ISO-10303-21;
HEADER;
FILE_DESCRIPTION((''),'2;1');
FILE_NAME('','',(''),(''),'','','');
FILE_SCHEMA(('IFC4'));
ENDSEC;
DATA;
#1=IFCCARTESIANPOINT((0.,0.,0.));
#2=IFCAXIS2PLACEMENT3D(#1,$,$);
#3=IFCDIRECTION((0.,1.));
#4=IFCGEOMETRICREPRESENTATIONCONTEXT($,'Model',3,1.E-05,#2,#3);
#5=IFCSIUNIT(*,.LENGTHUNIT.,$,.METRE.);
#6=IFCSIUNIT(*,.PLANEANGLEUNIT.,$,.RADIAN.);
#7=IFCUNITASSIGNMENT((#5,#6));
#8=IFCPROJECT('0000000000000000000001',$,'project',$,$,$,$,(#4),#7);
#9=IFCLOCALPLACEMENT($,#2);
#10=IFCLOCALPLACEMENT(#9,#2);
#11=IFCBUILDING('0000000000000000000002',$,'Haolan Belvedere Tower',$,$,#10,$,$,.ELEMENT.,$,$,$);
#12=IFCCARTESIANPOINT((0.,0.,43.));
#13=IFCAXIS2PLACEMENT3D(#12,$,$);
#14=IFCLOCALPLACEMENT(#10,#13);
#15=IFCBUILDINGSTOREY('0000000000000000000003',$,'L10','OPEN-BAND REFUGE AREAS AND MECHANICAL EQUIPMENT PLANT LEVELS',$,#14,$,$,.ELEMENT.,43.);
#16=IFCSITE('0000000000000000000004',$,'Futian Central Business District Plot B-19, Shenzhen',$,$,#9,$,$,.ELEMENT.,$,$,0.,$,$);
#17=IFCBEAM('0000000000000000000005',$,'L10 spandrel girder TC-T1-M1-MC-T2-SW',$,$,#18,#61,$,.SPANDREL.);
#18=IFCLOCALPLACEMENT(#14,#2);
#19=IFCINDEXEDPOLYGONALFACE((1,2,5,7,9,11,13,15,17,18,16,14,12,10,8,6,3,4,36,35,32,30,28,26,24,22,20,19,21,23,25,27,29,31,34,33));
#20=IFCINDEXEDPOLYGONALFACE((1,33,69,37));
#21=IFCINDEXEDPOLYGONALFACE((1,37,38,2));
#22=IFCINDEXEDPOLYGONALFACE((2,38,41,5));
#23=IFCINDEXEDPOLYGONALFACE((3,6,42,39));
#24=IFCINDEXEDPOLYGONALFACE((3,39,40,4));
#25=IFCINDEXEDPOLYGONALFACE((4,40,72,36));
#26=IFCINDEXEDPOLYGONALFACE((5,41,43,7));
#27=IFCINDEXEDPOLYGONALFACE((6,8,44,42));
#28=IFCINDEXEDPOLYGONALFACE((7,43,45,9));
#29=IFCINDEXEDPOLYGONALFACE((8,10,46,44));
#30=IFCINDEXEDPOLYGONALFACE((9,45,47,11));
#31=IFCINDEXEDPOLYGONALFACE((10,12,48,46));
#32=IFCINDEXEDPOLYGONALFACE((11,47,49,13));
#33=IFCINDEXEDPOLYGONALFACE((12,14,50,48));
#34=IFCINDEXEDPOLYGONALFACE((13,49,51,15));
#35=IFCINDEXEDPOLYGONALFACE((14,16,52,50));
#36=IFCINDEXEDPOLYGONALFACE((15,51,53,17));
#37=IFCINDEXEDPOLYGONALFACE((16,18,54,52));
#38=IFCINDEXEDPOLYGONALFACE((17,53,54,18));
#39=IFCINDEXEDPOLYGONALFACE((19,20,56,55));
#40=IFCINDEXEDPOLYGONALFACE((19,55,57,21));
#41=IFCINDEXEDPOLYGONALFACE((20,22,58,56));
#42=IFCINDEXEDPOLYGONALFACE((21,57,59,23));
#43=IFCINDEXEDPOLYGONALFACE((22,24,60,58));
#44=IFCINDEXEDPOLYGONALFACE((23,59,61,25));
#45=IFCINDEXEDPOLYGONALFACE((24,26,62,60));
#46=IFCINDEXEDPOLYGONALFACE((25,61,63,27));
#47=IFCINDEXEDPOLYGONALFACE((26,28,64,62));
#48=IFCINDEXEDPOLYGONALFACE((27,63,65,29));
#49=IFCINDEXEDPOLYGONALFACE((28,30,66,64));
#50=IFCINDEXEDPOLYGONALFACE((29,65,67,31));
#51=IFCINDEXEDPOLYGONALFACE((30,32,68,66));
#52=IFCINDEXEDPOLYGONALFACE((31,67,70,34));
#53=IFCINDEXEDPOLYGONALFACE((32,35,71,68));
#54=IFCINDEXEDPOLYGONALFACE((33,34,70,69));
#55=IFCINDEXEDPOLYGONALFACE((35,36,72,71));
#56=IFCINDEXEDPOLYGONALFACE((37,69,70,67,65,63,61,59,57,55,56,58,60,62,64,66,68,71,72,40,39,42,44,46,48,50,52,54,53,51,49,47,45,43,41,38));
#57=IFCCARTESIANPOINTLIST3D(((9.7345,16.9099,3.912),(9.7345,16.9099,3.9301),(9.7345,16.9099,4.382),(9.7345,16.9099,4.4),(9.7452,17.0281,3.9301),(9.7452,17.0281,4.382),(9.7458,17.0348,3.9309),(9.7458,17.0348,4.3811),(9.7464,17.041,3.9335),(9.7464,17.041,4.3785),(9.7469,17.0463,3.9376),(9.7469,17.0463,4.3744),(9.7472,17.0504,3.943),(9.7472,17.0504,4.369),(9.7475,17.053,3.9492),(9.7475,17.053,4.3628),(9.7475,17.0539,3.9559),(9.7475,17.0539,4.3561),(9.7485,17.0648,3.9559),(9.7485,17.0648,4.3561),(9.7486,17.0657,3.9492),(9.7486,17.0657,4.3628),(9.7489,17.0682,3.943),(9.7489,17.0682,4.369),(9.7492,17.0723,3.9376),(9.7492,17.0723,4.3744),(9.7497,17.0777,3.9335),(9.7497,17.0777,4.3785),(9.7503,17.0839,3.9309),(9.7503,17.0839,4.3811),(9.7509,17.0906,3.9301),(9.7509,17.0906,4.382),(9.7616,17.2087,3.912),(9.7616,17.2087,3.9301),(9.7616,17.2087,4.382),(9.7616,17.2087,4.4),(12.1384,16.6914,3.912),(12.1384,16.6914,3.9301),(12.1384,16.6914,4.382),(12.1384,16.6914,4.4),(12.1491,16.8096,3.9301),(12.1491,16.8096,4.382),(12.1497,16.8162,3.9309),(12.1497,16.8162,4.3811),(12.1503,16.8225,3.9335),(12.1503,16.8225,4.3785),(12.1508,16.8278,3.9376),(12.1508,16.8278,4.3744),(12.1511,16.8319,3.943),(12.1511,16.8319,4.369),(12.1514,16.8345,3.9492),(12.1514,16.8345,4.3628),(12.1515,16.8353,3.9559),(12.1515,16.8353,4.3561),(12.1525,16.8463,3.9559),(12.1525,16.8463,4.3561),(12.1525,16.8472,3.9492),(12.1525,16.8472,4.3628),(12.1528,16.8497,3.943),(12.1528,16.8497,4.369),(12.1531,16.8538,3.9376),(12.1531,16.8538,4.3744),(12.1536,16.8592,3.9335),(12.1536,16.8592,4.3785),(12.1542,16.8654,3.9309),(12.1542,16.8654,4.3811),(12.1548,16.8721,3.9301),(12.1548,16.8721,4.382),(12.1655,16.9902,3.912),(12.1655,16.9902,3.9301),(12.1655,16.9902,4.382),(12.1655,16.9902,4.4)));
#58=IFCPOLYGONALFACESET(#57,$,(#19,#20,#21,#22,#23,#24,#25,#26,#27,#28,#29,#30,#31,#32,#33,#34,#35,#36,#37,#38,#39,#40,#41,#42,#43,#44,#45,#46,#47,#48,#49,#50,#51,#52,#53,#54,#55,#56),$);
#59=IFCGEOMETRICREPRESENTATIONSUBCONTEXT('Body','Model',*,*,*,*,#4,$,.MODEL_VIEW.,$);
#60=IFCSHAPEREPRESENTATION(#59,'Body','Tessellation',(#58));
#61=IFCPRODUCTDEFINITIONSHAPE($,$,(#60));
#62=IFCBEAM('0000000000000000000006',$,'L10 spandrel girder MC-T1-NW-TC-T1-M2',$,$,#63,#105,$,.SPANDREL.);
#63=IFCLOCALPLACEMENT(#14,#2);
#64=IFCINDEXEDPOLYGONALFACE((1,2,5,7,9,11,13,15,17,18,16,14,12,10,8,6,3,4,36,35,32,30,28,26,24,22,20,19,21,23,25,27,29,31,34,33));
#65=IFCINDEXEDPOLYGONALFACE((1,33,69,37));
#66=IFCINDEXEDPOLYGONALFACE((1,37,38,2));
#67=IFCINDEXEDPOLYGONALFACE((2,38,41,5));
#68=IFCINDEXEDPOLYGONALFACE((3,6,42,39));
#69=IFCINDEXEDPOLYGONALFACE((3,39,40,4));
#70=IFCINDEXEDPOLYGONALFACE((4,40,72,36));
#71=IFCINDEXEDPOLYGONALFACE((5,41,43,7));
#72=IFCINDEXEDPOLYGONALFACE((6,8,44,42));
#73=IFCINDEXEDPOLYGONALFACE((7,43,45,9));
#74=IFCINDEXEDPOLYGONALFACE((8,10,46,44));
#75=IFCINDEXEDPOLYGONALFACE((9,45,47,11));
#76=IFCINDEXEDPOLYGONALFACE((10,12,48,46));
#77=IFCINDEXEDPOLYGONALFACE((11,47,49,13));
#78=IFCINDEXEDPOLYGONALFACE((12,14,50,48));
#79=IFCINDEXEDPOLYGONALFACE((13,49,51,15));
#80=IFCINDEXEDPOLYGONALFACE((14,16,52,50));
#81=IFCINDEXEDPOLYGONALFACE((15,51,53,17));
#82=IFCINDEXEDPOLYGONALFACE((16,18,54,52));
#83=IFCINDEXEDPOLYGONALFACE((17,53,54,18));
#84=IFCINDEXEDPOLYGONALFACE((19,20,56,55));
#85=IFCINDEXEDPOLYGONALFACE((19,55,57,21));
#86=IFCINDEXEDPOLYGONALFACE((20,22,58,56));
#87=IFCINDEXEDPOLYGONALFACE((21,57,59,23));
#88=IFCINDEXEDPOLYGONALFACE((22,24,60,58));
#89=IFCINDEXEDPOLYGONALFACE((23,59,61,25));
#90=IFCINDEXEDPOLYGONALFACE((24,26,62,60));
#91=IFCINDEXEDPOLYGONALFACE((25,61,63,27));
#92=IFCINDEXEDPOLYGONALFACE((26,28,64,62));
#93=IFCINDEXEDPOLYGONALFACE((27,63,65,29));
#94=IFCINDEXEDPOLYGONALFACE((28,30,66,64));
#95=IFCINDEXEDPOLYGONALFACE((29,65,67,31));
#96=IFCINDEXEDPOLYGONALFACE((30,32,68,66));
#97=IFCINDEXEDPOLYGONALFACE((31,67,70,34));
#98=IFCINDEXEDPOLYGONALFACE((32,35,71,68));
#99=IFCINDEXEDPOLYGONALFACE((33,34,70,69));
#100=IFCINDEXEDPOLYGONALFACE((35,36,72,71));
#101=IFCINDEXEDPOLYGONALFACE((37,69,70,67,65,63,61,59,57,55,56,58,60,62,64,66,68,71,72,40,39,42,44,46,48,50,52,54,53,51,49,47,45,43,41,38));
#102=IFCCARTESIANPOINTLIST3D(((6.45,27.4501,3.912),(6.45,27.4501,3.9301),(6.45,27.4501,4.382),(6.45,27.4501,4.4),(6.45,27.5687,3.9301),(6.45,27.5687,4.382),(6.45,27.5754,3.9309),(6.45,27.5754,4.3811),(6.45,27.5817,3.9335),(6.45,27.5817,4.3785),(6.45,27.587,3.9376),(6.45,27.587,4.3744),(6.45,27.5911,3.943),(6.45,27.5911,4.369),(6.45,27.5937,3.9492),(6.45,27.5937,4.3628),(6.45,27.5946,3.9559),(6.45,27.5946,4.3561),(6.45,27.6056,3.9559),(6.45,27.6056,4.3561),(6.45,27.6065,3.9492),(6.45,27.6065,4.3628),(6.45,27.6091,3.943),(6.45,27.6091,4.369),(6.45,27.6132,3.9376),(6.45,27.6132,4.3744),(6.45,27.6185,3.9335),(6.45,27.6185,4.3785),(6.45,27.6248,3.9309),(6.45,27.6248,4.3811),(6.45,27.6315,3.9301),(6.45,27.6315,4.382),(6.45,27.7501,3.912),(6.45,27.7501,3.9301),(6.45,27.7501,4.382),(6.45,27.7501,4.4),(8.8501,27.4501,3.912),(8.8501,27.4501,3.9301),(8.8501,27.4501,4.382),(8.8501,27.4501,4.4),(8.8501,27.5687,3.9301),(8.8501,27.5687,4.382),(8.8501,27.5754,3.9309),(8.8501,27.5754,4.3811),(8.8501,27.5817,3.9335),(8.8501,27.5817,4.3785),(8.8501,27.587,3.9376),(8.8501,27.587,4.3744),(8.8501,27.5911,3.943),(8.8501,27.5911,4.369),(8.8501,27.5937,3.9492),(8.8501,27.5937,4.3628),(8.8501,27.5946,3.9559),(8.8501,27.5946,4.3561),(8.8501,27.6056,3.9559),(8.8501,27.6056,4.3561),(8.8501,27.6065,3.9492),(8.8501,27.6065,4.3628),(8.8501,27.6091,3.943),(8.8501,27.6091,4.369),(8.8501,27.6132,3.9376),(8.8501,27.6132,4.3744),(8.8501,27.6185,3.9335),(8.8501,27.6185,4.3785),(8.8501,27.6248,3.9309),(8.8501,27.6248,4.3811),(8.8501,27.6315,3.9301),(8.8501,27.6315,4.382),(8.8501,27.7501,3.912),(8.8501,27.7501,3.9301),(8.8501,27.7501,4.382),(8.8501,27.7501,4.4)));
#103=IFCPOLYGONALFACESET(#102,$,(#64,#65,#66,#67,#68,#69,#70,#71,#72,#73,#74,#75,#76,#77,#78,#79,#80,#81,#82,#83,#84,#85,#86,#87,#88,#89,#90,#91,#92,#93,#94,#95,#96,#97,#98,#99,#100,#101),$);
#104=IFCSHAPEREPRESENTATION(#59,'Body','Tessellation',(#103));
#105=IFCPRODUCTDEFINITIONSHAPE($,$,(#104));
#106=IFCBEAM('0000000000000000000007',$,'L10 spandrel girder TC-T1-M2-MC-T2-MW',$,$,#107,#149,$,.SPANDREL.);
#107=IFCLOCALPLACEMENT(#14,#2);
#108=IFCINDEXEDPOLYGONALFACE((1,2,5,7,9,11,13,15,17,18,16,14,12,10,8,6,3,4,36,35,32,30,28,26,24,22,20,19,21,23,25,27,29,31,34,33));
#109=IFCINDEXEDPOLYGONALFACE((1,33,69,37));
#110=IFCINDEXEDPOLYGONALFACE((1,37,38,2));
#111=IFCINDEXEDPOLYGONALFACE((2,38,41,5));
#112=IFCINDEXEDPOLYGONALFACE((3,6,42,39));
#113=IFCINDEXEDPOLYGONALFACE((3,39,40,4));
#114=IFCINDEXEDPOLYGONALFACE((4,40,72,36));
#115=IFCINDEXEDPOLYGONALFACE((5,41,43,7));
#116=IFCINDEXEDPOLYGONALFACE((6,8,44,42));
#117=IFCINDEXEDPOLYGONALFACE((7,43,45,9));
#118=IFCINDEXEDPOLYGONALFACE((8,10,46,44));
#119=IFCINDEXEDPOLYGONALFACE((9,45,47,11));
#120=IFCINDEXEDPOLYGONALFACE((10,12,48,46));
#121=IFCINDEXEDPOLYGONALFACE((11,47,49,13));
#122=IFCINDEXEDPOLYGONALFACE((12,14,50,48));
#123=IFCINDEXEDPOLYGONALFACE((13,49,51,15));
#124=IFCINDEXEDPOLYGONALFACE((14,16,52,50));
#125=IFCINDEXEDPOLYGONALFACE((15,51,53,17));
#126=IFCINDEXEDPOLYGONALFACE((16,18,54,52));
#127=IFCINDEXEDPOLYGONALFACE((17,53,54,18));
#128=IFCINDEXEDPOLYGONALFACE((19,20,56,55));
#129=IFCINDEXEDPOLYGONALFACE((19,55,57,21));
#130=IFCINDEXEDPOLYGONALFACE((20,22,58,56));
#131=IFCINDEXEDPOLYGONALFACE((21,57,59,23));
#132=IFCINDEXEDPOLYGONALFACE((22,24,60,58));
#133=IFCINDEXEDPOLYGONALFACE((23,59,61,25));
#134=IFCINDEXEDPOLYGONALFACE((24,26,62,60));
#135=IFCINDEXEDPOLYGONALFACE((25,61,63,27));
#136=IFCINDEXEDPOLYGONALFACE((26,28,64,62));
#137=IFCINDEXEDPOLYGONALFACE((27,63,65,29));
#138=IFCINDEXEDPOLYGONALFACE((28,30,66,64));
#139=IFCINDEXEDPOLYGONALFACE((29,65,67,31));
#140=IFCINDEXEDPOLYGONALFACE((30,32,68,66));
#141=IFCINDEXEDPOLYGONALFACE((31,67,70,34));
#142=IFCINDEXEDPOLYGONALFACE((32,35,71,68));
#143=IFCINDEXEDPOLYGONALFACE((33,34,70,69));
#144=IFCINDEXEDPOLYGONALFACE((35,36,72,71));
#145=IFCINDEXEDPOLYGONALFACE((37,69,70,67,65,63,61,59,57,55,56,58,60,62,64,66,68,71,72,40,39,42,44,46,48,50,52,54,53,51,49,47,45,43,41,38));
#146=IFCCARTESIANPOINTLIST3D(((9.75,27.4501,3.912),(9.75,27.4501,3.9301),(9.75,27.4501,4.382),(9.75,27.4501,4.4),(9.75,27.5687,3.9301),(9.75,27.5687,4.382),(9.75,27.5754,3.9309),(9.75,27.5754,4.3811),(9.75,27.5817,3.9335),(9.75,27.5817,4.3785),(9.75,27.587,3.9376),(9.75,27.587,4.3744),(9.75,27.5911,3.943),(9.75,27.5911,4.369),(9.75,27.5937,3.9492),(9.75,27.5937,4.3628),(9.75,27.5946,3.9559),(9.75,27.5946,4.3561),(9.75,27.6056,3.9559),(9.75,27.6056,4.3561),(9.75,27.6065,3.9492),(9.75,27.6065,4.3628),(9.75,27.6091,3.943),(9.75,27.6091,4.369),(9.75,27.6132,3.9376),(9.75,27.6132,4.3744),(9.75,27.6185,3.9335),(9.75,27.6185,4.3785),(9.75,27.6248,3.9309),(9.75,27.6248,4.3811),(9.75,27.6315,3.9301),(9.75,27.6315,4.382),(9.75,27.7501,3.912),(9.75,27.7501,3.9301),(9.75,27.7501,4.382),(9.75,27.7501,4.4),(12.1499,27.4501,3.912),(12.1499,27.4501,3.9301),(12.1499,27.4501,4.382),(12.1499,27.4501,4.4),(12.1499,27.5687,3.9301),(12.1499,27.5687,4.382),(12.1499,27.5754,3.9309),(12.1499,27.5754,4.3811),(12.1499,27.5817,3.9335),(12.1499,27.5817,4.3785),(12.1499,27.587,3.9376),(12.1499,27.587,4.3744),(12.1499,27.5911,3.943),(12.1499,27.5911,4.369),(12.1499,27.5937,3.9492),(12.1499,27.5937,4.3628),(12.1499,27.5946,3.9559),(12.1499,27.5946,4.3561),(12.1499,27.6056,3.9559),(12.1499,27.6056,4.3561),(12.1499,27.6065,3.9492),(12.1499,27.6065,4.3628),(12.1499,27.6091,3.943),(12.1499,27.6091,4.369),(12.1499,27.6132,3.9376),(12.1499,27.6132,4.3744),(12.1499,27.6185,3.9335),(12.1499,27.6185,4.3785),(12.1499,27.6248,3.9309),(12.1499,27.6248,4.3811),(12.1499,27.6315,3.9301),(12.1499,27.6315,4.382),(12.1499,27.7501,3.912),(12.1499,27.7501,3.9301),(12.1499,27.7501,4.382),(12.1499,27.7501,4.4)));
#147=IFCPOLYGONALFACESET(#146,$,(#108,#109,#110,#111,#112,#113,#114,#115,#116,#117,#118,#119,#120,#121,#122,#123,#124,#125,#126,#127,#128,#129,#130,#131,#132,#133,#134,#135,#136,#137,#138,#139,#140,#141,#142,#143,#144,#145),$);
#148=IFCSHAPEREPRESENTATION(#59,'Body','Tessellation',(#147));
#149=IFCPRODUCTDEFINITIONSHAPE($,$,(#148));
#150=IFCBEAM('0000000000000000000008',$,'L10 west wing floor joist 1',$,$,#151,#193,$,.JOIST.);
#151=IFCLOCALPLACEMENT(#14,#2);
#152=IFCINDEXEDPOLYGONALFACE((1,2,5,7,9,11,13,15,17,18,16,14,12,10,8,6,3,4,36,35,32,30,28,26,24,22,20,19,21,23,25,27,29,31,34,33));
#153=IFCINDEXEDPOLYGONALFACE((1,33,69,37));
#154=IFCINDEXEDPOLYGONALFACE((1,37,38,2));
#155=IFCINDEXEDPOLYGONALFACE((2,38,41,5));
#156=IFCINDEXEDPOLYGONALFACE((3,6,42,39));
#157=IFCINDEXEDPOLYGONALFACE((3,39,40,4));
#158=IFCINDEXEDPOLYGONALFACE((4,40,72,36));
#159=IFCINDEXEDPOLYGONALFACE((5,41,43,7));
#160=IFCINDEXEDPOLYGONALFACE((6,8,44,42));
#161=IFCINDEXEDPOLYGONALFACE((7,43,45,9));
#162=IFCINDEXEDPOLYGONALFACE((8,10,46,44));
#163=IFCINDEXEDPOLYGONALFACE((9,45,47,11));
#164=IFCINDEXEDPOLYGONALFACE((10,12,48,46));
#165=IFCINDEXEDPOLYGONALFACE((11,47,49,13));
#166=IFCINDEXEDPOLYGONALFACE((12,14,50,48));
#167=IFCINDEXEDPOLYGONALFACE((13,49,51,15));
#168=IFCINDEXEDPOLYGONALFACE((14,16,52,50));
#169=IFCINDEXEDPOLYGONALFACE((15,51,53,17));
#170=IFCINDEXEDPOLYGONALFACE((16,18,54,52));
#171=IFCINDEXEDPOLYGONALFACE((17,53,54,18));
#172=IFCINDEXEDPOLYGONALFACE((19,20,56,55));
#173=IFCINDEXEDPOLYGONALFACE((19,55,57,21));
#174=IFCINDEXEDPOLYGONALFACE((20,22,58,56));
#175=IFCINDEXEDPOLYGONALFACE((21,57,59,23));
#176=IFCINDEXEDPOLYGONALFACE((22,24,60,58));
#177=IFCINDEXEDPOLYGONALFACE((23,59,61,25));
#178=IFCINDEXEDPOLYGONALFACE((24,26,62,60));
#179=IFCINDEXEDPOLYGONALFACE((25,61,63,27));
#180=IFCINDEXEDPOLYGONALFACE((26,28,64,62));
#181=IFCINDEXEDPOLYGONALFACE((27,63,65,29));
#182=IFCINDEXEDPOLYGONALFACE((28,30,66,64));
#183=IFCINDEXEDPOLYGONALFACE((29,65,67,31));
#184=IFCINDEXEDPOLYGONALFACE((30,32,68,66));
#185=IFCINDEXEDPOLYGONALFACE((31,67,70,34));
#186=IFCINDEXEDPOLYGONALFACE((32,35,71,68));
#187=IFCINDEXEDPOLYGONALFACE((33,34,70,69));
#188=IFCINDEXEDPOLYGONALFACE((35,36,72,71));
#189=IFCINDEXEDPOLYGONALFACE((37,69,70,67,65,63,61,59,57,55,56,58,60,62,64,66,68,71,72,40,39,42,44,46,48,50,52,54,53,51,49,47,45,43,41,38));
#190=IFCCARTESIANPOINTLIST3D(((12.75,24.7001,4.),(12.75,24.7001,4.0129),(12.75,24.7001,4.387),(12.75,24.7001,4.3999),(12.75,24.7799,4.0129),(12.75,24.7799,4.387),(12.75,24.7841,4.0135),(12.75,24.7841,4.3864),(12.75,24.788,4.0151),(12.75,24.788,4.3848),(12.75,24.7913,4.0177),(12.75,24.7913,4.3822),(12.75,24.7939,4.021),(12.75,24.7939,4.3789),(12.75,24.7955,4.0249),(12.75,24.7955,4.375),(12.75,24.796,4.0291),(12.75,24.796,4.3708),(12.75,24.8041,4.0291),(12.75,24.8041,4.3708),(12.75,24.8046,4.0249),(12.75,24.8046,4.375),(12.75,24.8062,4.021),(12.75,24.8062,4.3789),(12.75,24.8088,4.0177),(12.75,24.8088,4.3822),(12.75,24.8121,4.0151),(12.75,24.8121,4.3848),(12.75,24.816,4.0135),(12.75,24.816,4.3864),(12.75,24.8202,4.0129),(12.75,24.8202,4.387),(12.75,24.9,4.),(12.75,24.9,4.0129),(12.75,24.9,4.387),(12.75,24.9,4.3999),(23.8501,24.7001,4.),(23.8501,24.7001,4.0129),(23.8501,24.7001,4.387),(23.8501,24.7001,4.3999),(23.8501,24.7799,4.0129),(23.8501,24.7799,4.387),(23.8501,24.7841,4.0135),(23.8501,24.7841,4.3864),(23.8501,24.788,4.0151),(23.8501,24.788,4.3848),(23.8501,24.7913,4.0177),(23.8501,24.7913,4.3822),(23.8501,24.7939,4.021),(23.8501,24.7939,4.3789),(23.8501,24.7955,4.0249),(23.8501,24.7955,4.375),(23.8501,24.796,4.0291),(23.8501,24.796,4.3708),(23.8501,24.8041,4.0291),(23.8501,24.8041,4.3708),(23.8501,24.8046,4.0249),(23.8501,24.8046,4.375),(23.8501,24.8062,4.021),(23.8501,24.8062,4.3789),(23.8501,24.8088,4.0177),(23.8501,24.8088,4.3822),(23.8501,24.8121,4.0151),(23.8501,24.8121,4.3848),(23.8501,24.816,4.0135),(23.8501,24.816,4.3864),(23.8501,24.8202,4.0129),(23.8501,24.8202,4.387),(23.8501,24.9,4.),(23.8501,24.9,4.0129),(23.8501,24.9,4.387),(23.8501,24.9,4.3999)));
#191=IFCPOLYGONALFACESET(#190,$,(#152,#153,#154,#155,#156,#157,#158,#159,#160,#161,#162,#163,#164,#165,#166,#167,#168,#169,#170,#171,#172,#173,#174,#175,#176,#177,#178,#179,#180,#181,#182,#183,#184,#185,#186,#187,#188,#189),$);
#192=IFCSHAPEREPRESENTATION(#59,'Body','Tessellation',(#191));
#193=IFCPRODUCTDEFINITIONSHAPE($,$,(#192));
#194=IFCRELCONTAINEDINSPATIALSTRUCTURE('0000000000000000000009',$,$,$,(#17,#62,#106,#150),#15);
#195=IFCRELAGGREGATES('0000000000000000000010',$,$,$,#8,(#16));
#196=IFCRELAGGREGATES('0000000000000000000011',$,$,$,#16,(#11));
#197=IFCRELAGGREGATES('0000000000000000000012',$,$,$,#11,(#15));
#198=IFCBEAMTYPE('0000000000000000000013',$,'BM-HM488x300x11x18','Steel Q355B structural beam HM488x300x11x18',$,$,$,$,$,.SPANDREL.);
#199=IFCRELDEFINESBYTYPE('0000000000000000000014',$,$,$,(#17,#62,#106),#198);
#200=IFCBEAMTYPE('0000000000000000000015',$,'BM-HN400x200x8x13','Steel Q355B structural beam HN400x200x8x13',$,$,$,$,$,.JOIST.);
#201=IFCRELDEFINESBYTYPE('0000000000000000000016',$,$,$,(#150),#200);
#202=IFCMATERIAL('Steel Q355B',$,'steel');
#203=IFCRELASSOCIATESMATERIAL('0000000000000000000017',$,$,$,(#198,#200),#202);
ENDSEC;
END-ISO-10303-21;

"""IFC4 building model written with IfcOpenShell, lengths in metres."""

from ifc_helpers import new_model, si_unit, direction, frame, origin, origin_2d, place, context, subcontext, project, spatial, i_section, extrude, material, material_profile, profile_set, type_object, element, save


model = new_model("IFC4")

# Units and contexts
model_context = context("Model", 3, precision=1e-05, world=origin(), true_north=direction((0.0, 1.0)))
body_context = subcontext(model_context, "Body", "Model", "MODEL_VIEW")
ifc_project = project(units=[si_unit("LENGTHUNIT", "METRE"), si_unit("PLANEANGLEUNIT", "RADIAN")], contexts=[model_context])

# Site, building, storey
site_placement = place(None, origin())
site = spatial("IfcSite", under=ifc_project, at=site_placement, Name="Futian Central Business District Plot B-19, Shenzhen", CompositionType="ELEMENT", RefElevation=0.0)
building_placement = place(site_placement, origin())
building = spatial("IfcBuilding", under=site, at=building_placement, Name="Haolan Belvedere Tower", CompositionType="ELEMENT")
storey_placement = place(building_placement, frame((0.0, 0.0, 43.0)))
storey = spatial("IfcBuildingStorey", under=building, at=storey_placement, Name="L10", Description="OPEN-BAND REFUGE AREAS AND MECHANICAL EQUIPMENT PLANT LEVELS", CompositionType="ELEMENT", Elevation=43.0)

# Shared definitions
ifc_material_1 = material(Name="Steel Q355B", Category="steel")

# Beams
ifc_material_profile_1 = material_profile(ifc_material_1, i_section(OverallWidth=0.3, OverallDepth=0.488, WebThickness=0.011, FlangeThickness=0.0181, FilletRadius=0.0259, at=origin_2d()), Name="Steel Q355B")
ifc_profile_set_1 = profile_set([ifc_material_profile_1], Name="Steel Q355B")
beam_type_1 = type_object("IfcBeamType", Name="BM-HM488x300x11x18", Description="Steel Q355B structural beam HM488x300x11x18", PredefinedType="SPANDREL", material=ifc_profile_set_1)
beam_1_placement = place(storey_placement, frame((9.748, 17.0593, 4.156), z_axis=(0.995894, -0.090527, 0.0), x_axis=(0.090527, 0.995894, 0.0)))
element("IfcBeam", 1, at=beam_1_placement, inside=storey, type_object=beam_type_1, Name="L10 spandrel girder TC-T1-M1-MC-T2-SW", PredefinedType="SPANDREL", context=body_context, shape_type="SweptSolid", body=[
    extrude(i_section(OverallWidth=0.3, OverallDepth=0.488, WebThickness=0.011, FlangeThickness=0.0181, FilletRadius=0.0259, at=origin_2d()), origin(), (0.0, 0.0, 1.0), 2.4138),
])
beam_2_placement = place(storey_placement, frame((6.45, 27.6001, 4.156), z_axis=(1.0, 0.0, 0.0), x_axis=(0.0, 1.0, 0.0)))
element("IfcBeam", 2, at=beam_2_placement, inside=storey, type_object=beam_type_1, Name="L10 spandrel girder MC-T1-NW-TC-T1-M2", PredefinedType="SPANDREL", context=body_context, shape_type="SweptSolid", body=[
    extrude(i_section(OverallWidth=0.3, OverallDepth=0.488, WebThickness=0.011, FlangeThickness=0.0181, FilletRadius=0.0259, at=origin_2d()), origin(), (0.0, 0.0, 1.0), 2.4001),
])
beam_3_placement = place(storey_placement, frame((9.75, 27.6001, 4.156), z_axis=(1.0, 0.0, 0.0), x_axis=(0.0, 1.0, 0.0)))
element("IfcBeam", 3, at=beam_3_placement, inside=storey, type_object=beam_type_1, Name="L10 spandrel girder TC-T1-M2-MC-T2-MW", PredefinedType="SPANDREL", context=body_context, shape_type="SweptSolid", body=[
    extrude(i_section(OverallWidth=0.3, OverallDepth=0.488, WebThickness=0.011, FlangeThickness=0.0181, FilletRadius=0.0259, at=origin_2d()), origin(), (0.0, 0.0, 1.0), 2.3999),
])
ifc_material_profile_2 = material_profile(ifc_material_1, i_section(OverallWidth=0.2, OverallDepth=0.3999, WebThickness=0.0081, FlangeThickness=0.0129, FilletRadius=0.0161, at=origin_2d()), Name="Steel Q355B")
ifc_profile_set_2 = profile_set([ifc_material_profile_2], Name="Steel Q355B")
beam_type_2 = type_object("IfcBeamType", Name="BM-HN400x200x8x13", Description="Steel Q355B structural beam HN400x200x8x13", PredefinedType="JOIST", material=ifc_profile_set_2)
beam_4_placement = place(storey_placement, frame((12.75, 24.8, 4.2), z_axis=(1.0, 0.0, 0.0), x_axis=(0.0, 1.0, 0.0)))
element("IfcBeam", 4, at=beam_4_placement, inside=storey, type_object=beam_type_2, Name="L10 west wing floor joist 1", PredefinedType="JOIST", context=body_context, shape_type="SweptSolid", body=[
    extrude(i_section(OverallWidth=0.2, OverallDepth=0.3999, WebThickness=0.0081, FlangeThickness=0.0129, FilletRadius=0.0161, at=origin_2d()), origin(), (0.0, 0.0, 1.0), 11.1001),
])

save(model, "model.ifc")
